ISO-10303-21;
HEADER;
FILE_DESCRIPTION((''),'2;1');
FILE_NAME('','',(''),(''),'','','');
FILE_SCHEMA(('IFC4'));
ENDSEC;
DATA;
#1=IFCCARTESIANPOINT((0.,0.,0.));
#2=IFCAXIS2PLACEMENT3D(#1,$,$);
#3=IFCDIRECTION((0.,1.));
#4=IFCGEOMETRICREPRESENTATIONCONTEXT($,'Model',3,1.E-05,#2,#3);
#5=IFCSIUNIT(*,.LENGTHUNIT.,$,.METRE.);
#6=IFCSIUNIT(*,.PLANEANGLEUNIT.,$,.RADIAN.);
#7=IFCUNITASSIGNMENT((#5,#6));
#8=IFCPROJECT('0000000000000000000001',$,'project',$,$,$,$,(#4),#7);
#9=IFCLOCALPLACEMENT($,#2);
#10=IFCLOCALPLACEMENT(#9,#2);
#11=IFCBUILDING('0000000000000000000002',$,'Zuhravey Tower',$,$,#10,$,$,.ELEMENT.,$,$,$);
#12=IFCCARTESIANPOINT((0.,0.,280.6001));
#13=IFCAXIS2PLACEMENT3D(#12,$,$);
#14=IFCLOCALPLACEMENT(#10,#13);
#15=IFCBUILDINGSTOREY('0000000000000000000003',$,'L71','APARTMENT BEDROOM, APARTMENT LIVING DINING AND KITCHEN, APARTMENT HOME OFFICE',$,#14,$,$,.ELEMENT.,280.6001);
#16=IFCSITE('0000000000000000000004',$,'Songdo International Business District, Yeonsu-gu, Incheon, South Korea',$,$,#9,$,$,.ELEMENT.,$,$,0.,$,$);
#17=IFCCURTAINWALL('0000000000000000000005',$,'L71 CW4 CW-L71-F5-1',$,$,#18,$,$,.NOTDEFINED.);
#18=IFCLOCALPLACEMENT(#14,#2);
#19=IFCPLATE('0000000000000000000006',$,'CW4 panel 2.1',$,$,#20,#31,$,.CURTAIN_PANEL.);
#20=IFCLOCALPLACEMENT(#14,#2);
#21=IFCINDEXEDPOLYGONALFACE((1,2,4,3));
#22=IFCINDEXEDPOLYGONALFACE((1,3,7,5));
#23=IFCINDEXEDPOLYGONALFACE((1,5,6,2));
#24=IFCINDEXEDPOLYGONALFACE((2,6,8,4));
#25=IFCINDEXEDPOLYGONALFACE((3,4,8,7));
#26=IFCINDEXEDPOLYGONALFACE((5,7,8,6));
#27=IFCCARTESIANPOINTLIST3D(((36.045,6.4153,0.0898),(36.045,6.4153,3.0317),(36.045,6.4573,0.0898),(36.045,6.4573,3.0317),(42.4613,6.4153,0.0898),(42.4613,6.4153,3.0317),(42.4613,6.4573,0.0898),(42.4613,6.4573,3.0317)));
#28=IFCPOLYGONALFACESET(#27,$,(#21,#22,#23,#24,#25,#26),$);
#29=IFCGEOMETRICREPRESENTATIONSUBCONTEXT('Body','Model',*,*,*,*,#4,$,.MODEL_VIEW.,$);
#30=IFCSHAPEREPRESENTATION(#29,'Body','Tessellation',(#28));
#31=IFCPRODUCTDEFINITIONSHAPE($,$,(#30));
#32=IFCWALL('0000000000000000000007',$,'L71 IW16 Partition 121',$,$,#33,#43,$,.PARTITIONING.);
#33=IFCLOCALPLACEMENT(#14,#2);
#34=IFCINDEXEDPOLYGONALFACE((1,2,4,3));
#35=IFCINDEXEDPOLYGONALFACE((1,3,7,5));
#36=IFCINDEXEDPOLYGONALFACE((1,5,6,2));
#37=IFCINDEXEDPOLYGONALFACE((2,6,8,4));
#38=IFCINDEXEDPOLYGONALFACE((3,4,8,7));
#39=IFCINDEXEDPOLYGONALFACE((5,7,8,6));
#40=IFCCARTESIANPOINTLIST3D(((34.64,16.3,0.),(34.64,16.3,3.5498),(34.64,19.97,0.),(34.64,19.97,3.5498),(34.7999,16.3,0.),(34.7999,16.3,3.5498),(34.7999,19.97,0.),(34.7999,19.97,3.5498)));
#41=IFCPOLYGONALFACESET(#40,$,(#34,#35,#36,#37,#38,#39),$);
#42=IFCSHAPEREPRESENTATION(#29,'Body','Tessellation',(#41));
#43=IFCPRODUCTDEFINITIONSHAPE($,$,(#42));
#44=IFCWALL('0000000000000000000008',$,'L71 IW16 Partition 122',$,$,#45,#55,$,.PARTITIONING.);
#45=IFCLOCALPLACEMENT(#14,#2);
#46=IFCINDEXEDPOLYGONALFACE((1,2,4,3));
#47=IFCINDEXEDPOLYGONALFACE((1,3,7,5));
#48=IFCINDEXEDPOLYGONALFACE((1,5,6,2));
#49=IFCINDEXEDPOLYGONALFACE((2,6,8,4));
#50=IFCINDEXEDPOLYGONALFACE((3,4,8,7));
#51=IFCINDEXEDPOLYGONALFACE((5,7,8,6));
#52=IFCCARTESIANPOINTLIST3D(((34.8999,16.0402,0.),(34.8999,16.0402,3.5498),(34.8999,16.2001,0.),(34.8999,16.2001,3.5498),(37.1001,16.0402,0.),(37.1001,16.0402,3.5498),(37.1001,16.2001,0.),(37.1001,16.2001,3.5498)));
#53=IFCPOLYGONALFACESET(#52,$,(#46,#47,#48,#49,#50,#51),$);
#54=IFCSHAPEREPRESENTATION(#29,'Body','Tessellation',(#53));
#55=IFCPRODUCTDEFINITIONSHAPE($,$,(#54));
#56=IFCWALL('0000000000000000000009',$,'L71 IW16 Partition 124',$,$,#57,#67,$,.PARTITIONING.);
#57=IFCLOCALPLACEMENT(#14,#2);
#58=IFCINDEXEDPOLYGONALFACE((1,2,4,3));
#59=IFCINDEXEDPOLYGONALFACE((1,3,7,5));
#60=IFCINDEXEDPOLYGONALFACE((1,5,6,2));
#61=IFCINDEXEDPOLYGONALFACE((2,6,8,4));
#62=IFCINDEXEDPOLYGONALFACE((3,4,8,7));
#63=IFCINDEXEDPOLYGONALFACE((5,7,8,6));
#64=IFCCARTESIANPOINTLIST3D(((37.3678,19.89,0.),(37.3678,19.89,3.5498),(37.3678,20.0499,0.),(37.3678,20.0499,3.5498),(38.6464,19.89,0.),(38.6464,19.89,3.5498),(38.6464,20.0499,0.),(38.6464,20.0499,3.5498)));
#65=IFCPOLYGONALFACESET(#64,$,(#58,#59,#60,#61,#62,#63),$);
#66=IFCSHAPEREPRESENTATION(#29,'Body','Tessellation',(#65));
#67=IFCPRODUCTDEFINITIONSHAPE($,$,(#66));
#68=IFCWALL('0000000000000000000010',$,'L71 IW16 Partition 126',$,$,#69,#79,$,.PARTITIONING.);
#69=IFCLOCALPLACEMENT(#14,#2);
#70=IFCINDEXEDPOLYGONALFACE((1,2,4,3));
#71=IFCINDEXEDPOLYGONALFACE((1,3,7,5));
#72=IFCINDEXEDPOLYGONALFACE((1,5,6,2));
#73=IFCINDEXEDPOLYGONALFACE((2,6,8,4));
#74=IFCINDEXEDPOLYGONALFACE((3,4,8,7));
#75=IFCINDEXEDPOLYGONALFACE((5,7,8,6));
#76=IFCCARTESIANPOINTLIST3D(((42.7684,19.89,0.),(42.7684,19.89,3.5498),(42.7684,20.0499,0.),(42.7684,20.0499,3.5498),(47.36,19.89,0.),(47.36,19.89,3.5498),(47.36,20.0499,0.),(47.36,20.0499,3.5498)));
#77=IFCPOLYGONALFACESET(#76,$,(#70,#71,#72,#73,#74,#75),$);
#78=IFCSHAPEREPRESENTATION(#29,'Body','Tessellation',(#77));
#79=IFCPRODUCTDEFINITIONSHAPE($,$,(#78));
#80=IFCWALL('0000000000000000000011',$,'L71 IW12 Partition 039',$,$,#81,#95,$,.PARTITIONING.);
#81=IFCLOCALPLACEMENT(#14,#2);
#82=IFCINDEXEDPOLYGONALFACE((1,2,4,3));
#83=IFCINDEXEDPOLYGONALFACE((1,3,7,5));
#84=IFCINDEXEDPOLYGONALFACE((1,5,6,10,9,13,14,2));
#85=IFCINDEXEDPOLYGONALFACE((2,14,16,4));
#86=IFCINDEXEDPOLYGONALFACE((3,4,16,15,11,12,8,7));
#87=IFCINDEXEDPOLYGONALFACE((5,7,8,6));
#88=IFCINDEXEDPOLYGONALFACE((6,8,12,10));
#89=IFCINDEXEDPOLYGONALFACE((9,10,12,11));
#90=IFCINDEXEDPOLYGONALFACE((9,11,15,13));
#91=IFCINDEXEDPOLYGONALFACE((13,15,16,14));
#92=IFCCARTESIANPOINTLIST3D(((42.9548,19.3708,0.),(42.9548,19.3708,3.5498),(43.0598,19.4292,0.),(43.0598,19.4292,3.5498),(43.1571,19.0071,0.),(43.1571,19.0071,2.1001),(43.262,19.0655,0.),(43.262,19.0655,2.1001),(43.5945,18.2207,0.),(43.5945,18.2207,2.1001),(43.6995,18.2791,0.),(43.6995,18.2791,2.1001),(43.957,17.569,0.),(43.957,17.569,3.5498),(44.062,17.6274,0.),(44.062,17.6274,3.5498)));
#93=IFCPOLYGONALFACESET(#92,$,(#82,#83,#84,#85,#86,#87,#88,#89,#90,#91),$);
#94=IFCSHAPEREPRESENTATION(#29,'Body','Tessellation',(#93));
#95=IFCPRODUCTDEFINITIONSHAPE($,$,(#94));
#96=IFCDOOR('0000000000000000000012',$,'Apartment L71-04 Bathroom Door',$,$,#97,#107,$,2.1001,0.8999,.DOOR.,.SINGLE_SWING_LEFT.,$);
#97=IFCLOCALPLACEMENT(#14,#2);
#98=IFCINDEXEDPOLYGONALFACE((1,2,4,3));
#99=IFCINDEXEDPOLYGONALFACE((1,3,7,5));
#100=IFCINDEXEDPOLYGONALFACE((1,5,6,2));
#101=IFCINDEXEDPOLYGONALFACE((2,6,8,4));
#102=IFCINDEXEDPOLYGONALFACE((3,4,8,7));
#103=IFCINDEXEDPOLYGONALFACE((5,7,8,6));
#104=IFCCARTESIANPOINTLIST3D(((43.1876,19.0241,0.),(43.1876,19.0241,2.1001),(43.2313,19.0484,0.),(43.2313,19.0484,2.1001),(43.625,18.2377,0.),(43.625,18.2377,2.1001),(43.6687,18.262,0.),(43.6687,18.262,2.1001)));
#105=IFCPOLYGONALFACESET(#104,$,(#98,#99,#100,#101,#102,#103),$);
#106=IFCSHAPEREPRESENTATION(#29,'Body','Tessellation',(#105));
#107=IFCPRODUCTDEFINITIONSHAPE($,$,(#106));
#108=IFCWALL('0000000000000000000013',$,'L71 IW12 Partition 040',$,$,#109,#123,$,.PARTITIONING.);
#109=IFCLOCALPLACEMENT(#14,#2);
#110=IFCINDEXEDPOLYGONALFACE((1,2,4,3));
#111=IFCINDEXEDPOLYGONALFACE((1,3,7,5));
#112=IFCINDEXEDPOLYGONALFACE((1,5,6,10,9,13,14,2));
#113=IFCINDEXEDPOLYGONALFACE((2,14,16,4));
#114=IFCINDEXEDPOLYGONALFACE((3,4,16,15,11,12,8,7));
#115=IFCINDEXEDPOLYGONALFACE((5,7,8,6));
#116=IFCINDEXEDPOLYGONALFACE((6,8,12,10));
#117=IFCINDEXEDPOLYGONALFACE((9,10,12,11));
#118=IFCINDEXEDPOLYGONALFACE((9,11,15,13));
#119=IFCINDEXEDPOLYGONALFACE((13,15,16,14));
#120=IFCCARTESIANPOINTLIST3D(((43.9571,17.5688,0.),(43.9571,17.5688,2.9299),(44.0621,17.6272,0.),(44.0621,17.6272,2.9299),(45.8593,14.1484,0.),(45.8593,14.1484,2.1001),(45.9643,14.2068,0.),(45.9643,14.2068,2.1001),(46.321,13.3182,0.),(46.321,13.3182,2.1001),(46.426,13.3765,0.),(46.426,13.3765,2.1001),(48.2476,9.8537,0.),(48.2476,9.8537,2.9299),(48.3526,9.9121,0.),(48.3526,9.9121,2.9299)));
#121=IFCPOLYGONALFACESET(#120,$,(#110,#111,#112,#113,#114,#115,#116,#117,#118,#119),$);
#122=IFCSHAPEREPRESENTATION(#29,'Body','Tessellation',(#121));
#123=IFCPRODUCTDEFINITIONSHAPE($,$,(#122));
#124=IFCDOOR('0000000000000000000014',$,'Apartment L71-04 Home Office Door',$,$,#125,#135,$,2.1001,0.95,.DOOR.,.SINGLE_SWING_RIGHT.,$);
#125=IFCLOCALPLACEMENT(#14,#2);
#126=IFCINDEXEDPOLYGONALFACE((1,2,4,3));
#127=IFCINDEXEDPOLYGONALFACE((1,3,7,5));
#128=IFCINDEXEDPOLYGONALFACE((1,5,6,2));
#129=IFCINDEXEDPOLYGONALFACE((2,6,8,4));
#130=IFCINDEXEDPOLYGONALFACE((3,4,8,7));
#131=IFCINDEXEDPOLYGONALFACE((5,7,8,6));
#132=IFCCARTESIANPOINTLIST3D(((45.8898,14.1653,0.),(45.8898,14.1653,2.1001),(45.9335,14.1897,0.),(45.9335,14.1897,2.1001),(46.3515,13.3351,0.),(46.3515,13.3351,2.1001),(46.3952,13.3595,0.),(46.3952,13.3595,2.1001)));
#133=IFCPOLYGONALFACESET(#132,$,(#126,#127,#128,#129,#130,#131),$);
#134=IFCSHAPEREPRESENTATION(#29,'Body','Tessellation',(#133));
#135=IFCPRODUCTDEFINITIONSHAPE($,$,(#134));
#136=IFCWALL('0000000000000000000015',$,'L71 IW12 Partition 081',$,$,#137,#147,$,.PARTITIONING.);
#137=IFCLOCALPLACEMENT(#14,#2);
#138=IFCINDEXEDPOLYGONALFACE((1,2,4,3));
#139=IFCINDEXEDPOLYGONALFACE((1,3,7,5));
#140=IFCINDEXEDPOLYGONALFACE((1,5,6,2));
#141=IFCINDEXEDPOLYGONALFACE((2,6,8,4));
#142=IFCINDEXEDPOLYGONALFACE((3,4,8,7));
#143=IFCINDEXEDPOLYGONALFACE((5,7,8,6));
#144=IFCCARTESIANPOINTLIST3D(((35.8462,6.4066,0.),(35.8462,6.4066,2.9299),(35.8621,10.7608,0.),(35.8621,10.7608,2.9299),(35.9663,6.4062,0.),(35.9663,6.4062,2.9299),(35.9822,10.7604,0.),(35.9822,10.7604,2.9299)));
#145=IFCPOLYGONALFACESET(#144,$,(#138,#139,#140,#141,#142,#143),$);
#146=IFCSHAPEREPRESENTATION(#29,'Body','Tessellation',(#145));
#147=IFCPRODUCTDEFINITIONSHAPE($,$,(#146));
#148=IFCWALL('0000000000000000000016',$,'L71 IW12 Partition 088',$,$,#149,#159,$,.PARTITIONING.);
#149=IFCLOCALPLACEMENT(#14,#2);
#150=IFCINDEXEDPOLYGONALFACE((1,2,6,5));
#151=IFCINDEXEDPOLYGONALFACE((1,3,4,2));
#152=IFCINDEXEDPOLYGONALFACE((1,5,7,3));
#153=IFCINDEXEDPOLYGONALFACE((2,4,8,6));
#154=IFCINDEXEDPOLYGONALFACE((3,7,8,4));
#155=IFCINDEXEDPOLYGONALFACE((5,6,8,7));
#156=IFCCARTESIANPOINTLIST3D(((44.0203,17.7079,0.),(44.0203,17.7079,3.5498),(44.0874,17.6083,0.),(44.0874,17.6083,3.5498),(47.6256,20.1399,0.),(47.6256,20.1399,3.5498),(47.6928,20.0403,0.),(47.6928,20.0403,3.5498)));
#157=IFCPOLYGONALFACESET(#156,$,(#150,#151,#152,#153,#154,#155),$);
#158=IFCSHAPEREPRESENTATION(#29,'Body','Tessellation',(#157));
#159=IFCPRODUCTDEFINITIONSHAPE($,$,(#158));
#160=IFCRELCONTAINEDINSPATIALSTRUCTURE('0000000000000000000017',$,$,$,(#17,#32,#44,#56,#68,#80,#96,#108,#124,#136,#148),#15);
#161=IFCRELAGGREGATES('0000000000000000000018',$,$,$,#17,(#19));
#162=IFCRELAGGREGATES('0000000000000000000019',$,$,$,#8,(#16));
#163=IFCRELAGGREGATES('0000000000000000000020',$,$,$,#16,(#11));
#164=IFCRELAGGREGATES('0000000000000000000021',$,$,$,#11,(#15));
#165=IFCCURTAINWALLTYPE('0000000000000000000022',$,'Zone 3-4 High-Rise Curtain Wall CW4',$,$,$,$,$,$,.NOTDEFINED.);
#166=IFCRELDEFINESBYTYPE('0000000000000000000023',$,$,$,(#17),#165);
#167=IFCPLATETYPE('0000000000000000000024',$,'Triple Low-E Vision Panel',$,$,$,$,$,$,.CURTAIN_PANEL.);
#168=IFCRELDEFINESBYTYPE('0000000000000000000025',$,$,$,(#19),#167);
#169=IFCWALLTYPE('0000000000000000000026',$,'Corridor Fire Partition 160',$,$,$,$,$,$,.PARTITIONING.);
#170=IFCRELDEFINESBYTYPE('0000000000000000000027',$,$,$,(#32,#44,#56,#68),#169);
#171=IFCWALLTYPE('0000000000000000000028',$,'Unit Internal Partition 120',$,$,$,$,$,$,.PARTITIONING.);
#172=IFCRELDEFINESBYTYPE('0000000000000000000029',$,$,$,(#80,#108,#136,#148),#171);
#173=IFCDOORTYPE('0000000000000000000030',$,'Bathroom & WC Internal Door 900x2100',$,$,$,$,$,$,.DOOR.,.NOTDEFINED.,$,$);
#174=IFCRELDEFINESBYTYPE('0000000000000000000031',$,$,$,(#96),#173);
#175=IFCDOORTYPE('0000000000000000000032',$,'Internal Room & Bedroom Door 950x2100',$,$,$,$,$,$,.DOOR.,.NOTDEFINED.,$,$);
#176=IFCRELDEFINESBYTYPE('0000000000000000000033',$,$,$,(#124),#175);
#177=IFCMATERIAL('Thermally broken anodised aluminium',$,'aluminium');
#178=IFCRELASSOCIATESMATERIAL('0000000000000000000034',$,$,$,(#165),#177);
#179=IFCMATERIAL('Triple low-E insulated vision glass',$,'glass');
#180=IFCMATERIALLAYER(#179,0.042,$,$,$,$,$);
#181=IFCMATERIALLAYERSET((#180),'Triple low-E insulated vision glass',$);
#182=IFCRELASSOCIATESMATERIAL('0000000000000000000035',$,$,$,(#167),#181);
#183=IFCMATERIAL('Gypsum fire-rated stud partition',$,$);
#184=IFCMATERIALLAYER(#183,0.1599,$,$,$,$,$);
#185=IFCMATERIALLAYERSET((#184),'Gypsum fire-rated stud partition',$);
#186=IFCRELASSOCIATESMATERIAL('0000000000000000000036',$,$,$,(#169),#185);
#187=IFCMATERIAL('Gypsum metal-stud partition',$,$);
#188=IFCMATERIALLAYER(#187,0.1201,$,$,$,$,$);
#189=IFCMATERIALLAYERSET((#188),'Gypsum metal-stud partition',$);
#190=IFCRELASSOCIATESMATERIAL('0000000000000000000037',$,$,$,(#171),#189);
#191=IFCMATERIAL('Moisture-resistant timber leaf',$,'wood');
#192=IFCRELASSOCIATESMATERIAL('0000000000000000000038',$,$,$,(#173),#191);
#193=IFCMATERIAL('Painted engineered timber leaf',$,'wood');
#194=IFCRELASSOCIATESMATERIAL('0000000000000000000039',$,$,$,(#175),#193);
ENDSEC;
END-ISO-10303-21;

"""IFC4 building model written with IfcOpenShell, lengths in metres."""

from ifc_helpers import new_model, si_unit, direction, frame, frame_2d, origin, origin_2d, place, context, subcontext, project, spatial, rectangle, extrude, material, layer, layer_set, type_object, element, fill, aggregate, save


model = new_model("IFC4")

# Units and contexts
model_context = context("Model", 3, precision=1e-05, world=origin(), true_north=direction((0.0, 1.0)))
body_context = subcontext(model_context, "Body", "Model", "MODEL_VIEW")
ifc_project = project(units=[si_unit("LENGTHUNIT", "METRE"), si_unit("PLANEANGLEUNIT", "RADIAN")], contexts=[model_context])

# Site, building, storey
site_placement = place(None, origin())
site = spatial("IfcSite", under=ifc_project, at=site_placement, Name="Songdo International Business District, Yeonsu-gu, Incheon, South Korea", CompositionType="ELEMENT", RefElevation=0.0)
building_placement = place(site_placement, origin())
building = spatial("IfcBuilding", under=site, at=building_placement, Name="Zuhravey Tower", CompositionType="ELEMENT")
storey_placement = place(building_placement, frame((0.0, 0.0, 280.6001)))
storey = spatial("IfcBuildingStorey", under=building, at=storey_placement, Name="L71", Description="APARTMENT BEDROOM, APARTMENT LIVING DINING AND KITCHEN, APARTMENT HOME OFFICE", CompositionType="ELEMENT", Elevation=280.6001)

# Curtain wall
ifc_material_1 = material(Name="Thermally broken anodised aluminium", Category="aluminium")
curtain_wall_type = type_object("IfcCurtainWallType", Name="Zone 3-4 High-Rise Curtain Wall CW4", PredefinedType="NOTDEFINED", material=ifc_material_1)
curtain_wall_placement = place(storey_placement, origin())
curtain_wall = element("IfcCurtainWall", 1, at=curtain_wall_placement, inside=storey, type_object=curtain_wall_type, Name="L71 CW4 CW-L71-F5-1", PredefinedType="NOTDEFINED")

# Plate
ifc_material_2 = material(Name="Triple low-E insulated vision glass", Category="glass")
ifc_layer_1 = layer(ifc_material_2, 0.042)
ifc_layer_set_1 = layer_set([ifc_layer_1], Name="Triple low-E insulated vision glass")
plate_type = type_object("IfcPlateType", Name="Triple Low-E Vision Panel", PredefinedType="CURTAIN_PANEL", material=ifc_layer_set_1)
plate_1_placement = place(storey_placement, frame((39.2532, 6.4363, 0.0898), z_axis=(0.0, 0.0, 1.0), x_axis=(-1.0, 0.0, 0.0)))
plate_1 = element("IfcPlate", 2, at=plate_1_placement, type_object=plate_type, Name="CW4 panel 2.1", PredefinedType="CURTAIN_PANEL", context=body_context, shape_type="SweptSolid", body=[
    extrude(rectangle(XDim=6.4163, YDim=0.042, at=origin_2d()), origin(), (0.0, 0.0, 1.0), 2.9419),
])
aggregate(curtain_wall, [plate_1])

# Shared definitions
ifc_material_3 = material(Name="Gypsum fire-rated stud partition")
ifc_layer_2 = layer(ifc_material_3, 0.1599)
ifc_layer_set_2 = layer_set([ifc_layer_2], Name="Gypsum fire-rated stud partition")
wall_type_1 = type_object("IfcWallType", Name="Corridor Fire Partition 160", PredefinedType="PARTITIONING", material=ifc_layer_set_2)

# Walls
wall_1_placement = place(storey_placement, frame((34.72, 19.97, 0.0), z_axis=(0.0, 0.0, 1.0), x_axis=(0.0, -1.0, 0.0)))
element("IfcWall", 3, at=wall_1_placement, inside=storey, type_object=wall_type_1, Name="L71 IW16 Partition 121", PredefinedType="PARTITIONING", context=body_context, shape_type="SweptSolid", body=[
    extrude(rectangle(XDim=3.6699, YDim=0.1599, at=frame_2d((1.835, 0.0))), origin(), (0.0, 0.0, 1.0), 3.5498),
])
wall_2_placement = place(storey_placement, frame((34.8999, 16.1201, 0.0), z_axis=(0.0, 0.0, 1.0), x_axis=(1.0, 0.0, 0.0)))
element("IfcWall", 4, at=wall_2_placement, inside=storey, type_object=wall_type_1, Name="L71 IW16 Partition 122", PredefinedType="PARTITIONING", context=body_context, shape_type="SweptSolid", body=[
    extrude(rectangle(XDim=2.2002, YDim=0.1599, at=frame_2d((1.1001, 0.0))), origin(), (0.0, 0.0, 1.0), 3.5498),
])
wall_3_placement = place(storey_placement, frame((37.3679, 19.97, 0.0), z_axis=(0.0, 0.0, 1.0), x_axis=(1.0, 0.0, 0.0)))
element("IfcWall", 5, at=wall_3_placement, inside=storey, type_object=wall_type_1, Name="L71 IW16 Partition 124", PredefinedType="PARTITIONING", context=body_context, shape_type="SweptSolid", body=[
    extrude(rectangle(XDim=1.2786, YDim=0.1599, at=frame_2d((0.6392, 0.0))), origin(), (0.0, 0.0, 1.0), 3.5498),
])
wall_4_placement = place(storey_placement, frame((42.7683, 19.97, 0.0), z_axis=(0.0, 0.0, 1.0), x_axis=(1.0, 0.0, 0.0)))
element("IfcWall", 6, at=wall_4_placement, inside=storey, type_object=wall_type_1, Name="L71 IW16 Partition 126", PredefinedType="PARTITIONING", context=body_context, shape_type="SweptSolid", body=[
    extrude(rectangle(XDim=4.5916, YDim=0.1599, at=frame_2d((2.2959, 0.0))), origin(), (0.0, 0.0, 1.0), 3.5498),
])

# Walls, openings, doors
ifc_material_4 = material(Name="Gypsum metal-stud partition")
ifc_layer_3 = layer(ifc_material_4, 0.1201)
ifc_layer_set_3 = layer_set([ifc_layer_3], Name="Gypsum metal-stud partition")
wall_type_2 = type_object("IfcWallType", Name="Unit Internal Partition 120", PredefinedType="PARTITIONING", material=ifc_layer_set_3)
wall_5_placement = place(storey_placement, frame((43.0073, 19.3999, 0.0), z_axis=(0.0, 0.0, 1.0), x_axis=(0.486095, -0.873906, 0.0)))
wall_5 = element("IfcWall", 7, at=wall_5_placement, inside=storey, type_object=wall_type_2, Name="L71 IW12 Partition 039", PredefinedType="PARTITIONING", context=body_context, shape_type="SweptSolid", body=[
    extrude(rectangle(XDim=2.0618, YDim=0.1201, at=frame_2d((1.0308, 0.0))), origin(), (0.0, 0.0, 1.0), 3.5498),
])
opening_1_placement = place(wall_5_placement, frame((0.416, 0.0, 0.0)))
opening_1 = element("IfcOpeningElement", 8, at=opening_1_placement, cuts=wall_5, PredefinedType="OPENING", context=body_context, shape_type="SweptSolid", body=[
    extrude(rectangle(XDim=0.8999, YDim=2.1001, at=frame_2d((0.45, 1.05))), frame((0.0, 0.072, 0.0), z_axis=(0.0, -1.0, 0.0), x_axis=(1.0, 0.0, 0.0)), (0.0, 0.0, 1.0), 0.144),
])
ifc_material_5 = material(Name="Moisture-resistant timber leaf", Category="wood")
door_type_1 = type_object("IfcDoorType", Name="Bathroom & WC Internal Door 900x2100", OperationType="NOTDEFINED", PredefinedType="DOOR", material=ifc_material_5)
door_1_placement = place(opening_1_placement, origin())
door_1 = element("IfcDoor", 9, at=door_1_placement, inside=storey, type_object=door_type_1, Name="Apartment L71-04 Bathroom Door", OperationType="SINGLE_SWING_LEFT", OverallHeight=2.1001, OverallWidth=0.8999, PredefinedType="DOOR", context=body_context, shape_type="SweptSolid", body=[
    extrude(rectangle(XDim=0.8999, YDim=2.1001, at=frame_2d((0.45, 1.05))), frame((0.0, 0.0249, 0.0), z_axis=(0.0, -1.0, 0.0), x_axis=(1.0, 0.0, 0.0)), (0.0, 0.0, 1.0), 0.05),
])
fill(opening_1, door_1)
wall_6_placement = place(storey_placement, frame((44.0095, 17.5981, 0.0), z_axis=(0.0, 0.0, 1.0), x_axis=(0.486021, -0.873947, 0.0)))
wall_6 = element("IfcWall", 10, at=wall_6_placement, inside=storey, type_object=wall_type_2, Name="L71 IW12 Partition 040", PredefinedType="PARTITIONING", context=body_context, shape_type="SweptSolid", body=[
    extrude(rectangle(XDim=8.8279, YDim=0.1201, at=frame_2d((4.4141, 0.0))), origin(), (0.0, 0.0, 1.0), 2.9299),
])
opening_2_placement = place(wall_6_placement, frame((3.9138, 0.0, 0.0)))
opening_2 = element("IfcOpeningElement", 11, at=opening_2_placement, cuts=wall_6, PredefinedType="OPENING", context=body_context, shape_type="SweptSolid", body=[
    extrude(rectangle(XDim=0.95, YDim=2.1001, at=frame_2d((0.4751, 1.05))), frame((0.0, 0.072, 0.0), z_axis=(0.0, -1.0, 0.0), x_axis=(1.0, 0.0, 0.0)), (0.0, 0.0, 1.0), 0.144),
])
ifc_material_6 = material(Name="Painted engineered timber leaf", Category="wood")
door_type_2 = type_object("IfcDoorType", Name="Internal Room & Bedroom Door 950x2100", OperationType="NOTDEFINED", PredefinedType="DOOR", material=ifc_material_6)
door_2_placement = place(opening_2_placement, origin())
door_2 = element("IfcDoor", 12, at=door_2_placement, inside=storey, type_object=door_type_2, Name="Apartment L71-04 Home Office Door", OperationType="SINGLE_SWING_RIGHT", OverallHeight=2.1001, OverallWidth=0.95, PredefinedType="DOOR", context=body_context, shape_type="SweptSolid", body=[
    extrude(rectangle(XDim=0.95, YDim=2.1001, at=frame_2d((0.4751, 1.05))), frame((0.0, 0.0249, 0.0), z_axis=(0.0, -1.0, 0.0), x_axis=(1.0, 0.0, 0.0)), (0.0, 0.0, 1.0), 0.05),
])
fill(opening_2, door_2)

# Walls
wall_7_placement = place(storey_placement, frame((35.9221, 10.7607, 0.0), z_axis=(0.0, 0.0, 1.0), x_axis=(-0.003644, -0.999993, 0.0)))
element("IfcWall", 13, at=wall_7_placement, inside=storey, type_object=wall_type_2, Name="L71 IW12 Partition 081", PredefinedType="PARTITIONING", context=body_context, shape_type="SweptSolid", body=[
    extrude(rectangle(XDim=4.3542, YDim=0.1201, at=frame_2d((2.1772, 0.0))), origin(), (0.0, 0.0, 1.0), 2.9299),
])
wall_8_placement = place(storey_placement, frame((44.054, 17.6582, 0.0), z_axis=(0.0, 0.0, 1.0), x_axis=(0.829024, 0.559213, 0.0)))
element("IfcWall", 14, at=wall_8_placement, inside=storey, type_object=wall_type_2, Name="L71 IW12 Partition 088", PredefinedType="PARTITIONING", context=body_context, shape_type="SweptSolid", body=[
    extrude(rectangle(XDim=4.3489, YDim=0.1201, at=frame_2d((2.1743, 0.0))), origin(), (0.0, 0.0, 1.0), 3.5498),
])

save(model, "model.ifc")
